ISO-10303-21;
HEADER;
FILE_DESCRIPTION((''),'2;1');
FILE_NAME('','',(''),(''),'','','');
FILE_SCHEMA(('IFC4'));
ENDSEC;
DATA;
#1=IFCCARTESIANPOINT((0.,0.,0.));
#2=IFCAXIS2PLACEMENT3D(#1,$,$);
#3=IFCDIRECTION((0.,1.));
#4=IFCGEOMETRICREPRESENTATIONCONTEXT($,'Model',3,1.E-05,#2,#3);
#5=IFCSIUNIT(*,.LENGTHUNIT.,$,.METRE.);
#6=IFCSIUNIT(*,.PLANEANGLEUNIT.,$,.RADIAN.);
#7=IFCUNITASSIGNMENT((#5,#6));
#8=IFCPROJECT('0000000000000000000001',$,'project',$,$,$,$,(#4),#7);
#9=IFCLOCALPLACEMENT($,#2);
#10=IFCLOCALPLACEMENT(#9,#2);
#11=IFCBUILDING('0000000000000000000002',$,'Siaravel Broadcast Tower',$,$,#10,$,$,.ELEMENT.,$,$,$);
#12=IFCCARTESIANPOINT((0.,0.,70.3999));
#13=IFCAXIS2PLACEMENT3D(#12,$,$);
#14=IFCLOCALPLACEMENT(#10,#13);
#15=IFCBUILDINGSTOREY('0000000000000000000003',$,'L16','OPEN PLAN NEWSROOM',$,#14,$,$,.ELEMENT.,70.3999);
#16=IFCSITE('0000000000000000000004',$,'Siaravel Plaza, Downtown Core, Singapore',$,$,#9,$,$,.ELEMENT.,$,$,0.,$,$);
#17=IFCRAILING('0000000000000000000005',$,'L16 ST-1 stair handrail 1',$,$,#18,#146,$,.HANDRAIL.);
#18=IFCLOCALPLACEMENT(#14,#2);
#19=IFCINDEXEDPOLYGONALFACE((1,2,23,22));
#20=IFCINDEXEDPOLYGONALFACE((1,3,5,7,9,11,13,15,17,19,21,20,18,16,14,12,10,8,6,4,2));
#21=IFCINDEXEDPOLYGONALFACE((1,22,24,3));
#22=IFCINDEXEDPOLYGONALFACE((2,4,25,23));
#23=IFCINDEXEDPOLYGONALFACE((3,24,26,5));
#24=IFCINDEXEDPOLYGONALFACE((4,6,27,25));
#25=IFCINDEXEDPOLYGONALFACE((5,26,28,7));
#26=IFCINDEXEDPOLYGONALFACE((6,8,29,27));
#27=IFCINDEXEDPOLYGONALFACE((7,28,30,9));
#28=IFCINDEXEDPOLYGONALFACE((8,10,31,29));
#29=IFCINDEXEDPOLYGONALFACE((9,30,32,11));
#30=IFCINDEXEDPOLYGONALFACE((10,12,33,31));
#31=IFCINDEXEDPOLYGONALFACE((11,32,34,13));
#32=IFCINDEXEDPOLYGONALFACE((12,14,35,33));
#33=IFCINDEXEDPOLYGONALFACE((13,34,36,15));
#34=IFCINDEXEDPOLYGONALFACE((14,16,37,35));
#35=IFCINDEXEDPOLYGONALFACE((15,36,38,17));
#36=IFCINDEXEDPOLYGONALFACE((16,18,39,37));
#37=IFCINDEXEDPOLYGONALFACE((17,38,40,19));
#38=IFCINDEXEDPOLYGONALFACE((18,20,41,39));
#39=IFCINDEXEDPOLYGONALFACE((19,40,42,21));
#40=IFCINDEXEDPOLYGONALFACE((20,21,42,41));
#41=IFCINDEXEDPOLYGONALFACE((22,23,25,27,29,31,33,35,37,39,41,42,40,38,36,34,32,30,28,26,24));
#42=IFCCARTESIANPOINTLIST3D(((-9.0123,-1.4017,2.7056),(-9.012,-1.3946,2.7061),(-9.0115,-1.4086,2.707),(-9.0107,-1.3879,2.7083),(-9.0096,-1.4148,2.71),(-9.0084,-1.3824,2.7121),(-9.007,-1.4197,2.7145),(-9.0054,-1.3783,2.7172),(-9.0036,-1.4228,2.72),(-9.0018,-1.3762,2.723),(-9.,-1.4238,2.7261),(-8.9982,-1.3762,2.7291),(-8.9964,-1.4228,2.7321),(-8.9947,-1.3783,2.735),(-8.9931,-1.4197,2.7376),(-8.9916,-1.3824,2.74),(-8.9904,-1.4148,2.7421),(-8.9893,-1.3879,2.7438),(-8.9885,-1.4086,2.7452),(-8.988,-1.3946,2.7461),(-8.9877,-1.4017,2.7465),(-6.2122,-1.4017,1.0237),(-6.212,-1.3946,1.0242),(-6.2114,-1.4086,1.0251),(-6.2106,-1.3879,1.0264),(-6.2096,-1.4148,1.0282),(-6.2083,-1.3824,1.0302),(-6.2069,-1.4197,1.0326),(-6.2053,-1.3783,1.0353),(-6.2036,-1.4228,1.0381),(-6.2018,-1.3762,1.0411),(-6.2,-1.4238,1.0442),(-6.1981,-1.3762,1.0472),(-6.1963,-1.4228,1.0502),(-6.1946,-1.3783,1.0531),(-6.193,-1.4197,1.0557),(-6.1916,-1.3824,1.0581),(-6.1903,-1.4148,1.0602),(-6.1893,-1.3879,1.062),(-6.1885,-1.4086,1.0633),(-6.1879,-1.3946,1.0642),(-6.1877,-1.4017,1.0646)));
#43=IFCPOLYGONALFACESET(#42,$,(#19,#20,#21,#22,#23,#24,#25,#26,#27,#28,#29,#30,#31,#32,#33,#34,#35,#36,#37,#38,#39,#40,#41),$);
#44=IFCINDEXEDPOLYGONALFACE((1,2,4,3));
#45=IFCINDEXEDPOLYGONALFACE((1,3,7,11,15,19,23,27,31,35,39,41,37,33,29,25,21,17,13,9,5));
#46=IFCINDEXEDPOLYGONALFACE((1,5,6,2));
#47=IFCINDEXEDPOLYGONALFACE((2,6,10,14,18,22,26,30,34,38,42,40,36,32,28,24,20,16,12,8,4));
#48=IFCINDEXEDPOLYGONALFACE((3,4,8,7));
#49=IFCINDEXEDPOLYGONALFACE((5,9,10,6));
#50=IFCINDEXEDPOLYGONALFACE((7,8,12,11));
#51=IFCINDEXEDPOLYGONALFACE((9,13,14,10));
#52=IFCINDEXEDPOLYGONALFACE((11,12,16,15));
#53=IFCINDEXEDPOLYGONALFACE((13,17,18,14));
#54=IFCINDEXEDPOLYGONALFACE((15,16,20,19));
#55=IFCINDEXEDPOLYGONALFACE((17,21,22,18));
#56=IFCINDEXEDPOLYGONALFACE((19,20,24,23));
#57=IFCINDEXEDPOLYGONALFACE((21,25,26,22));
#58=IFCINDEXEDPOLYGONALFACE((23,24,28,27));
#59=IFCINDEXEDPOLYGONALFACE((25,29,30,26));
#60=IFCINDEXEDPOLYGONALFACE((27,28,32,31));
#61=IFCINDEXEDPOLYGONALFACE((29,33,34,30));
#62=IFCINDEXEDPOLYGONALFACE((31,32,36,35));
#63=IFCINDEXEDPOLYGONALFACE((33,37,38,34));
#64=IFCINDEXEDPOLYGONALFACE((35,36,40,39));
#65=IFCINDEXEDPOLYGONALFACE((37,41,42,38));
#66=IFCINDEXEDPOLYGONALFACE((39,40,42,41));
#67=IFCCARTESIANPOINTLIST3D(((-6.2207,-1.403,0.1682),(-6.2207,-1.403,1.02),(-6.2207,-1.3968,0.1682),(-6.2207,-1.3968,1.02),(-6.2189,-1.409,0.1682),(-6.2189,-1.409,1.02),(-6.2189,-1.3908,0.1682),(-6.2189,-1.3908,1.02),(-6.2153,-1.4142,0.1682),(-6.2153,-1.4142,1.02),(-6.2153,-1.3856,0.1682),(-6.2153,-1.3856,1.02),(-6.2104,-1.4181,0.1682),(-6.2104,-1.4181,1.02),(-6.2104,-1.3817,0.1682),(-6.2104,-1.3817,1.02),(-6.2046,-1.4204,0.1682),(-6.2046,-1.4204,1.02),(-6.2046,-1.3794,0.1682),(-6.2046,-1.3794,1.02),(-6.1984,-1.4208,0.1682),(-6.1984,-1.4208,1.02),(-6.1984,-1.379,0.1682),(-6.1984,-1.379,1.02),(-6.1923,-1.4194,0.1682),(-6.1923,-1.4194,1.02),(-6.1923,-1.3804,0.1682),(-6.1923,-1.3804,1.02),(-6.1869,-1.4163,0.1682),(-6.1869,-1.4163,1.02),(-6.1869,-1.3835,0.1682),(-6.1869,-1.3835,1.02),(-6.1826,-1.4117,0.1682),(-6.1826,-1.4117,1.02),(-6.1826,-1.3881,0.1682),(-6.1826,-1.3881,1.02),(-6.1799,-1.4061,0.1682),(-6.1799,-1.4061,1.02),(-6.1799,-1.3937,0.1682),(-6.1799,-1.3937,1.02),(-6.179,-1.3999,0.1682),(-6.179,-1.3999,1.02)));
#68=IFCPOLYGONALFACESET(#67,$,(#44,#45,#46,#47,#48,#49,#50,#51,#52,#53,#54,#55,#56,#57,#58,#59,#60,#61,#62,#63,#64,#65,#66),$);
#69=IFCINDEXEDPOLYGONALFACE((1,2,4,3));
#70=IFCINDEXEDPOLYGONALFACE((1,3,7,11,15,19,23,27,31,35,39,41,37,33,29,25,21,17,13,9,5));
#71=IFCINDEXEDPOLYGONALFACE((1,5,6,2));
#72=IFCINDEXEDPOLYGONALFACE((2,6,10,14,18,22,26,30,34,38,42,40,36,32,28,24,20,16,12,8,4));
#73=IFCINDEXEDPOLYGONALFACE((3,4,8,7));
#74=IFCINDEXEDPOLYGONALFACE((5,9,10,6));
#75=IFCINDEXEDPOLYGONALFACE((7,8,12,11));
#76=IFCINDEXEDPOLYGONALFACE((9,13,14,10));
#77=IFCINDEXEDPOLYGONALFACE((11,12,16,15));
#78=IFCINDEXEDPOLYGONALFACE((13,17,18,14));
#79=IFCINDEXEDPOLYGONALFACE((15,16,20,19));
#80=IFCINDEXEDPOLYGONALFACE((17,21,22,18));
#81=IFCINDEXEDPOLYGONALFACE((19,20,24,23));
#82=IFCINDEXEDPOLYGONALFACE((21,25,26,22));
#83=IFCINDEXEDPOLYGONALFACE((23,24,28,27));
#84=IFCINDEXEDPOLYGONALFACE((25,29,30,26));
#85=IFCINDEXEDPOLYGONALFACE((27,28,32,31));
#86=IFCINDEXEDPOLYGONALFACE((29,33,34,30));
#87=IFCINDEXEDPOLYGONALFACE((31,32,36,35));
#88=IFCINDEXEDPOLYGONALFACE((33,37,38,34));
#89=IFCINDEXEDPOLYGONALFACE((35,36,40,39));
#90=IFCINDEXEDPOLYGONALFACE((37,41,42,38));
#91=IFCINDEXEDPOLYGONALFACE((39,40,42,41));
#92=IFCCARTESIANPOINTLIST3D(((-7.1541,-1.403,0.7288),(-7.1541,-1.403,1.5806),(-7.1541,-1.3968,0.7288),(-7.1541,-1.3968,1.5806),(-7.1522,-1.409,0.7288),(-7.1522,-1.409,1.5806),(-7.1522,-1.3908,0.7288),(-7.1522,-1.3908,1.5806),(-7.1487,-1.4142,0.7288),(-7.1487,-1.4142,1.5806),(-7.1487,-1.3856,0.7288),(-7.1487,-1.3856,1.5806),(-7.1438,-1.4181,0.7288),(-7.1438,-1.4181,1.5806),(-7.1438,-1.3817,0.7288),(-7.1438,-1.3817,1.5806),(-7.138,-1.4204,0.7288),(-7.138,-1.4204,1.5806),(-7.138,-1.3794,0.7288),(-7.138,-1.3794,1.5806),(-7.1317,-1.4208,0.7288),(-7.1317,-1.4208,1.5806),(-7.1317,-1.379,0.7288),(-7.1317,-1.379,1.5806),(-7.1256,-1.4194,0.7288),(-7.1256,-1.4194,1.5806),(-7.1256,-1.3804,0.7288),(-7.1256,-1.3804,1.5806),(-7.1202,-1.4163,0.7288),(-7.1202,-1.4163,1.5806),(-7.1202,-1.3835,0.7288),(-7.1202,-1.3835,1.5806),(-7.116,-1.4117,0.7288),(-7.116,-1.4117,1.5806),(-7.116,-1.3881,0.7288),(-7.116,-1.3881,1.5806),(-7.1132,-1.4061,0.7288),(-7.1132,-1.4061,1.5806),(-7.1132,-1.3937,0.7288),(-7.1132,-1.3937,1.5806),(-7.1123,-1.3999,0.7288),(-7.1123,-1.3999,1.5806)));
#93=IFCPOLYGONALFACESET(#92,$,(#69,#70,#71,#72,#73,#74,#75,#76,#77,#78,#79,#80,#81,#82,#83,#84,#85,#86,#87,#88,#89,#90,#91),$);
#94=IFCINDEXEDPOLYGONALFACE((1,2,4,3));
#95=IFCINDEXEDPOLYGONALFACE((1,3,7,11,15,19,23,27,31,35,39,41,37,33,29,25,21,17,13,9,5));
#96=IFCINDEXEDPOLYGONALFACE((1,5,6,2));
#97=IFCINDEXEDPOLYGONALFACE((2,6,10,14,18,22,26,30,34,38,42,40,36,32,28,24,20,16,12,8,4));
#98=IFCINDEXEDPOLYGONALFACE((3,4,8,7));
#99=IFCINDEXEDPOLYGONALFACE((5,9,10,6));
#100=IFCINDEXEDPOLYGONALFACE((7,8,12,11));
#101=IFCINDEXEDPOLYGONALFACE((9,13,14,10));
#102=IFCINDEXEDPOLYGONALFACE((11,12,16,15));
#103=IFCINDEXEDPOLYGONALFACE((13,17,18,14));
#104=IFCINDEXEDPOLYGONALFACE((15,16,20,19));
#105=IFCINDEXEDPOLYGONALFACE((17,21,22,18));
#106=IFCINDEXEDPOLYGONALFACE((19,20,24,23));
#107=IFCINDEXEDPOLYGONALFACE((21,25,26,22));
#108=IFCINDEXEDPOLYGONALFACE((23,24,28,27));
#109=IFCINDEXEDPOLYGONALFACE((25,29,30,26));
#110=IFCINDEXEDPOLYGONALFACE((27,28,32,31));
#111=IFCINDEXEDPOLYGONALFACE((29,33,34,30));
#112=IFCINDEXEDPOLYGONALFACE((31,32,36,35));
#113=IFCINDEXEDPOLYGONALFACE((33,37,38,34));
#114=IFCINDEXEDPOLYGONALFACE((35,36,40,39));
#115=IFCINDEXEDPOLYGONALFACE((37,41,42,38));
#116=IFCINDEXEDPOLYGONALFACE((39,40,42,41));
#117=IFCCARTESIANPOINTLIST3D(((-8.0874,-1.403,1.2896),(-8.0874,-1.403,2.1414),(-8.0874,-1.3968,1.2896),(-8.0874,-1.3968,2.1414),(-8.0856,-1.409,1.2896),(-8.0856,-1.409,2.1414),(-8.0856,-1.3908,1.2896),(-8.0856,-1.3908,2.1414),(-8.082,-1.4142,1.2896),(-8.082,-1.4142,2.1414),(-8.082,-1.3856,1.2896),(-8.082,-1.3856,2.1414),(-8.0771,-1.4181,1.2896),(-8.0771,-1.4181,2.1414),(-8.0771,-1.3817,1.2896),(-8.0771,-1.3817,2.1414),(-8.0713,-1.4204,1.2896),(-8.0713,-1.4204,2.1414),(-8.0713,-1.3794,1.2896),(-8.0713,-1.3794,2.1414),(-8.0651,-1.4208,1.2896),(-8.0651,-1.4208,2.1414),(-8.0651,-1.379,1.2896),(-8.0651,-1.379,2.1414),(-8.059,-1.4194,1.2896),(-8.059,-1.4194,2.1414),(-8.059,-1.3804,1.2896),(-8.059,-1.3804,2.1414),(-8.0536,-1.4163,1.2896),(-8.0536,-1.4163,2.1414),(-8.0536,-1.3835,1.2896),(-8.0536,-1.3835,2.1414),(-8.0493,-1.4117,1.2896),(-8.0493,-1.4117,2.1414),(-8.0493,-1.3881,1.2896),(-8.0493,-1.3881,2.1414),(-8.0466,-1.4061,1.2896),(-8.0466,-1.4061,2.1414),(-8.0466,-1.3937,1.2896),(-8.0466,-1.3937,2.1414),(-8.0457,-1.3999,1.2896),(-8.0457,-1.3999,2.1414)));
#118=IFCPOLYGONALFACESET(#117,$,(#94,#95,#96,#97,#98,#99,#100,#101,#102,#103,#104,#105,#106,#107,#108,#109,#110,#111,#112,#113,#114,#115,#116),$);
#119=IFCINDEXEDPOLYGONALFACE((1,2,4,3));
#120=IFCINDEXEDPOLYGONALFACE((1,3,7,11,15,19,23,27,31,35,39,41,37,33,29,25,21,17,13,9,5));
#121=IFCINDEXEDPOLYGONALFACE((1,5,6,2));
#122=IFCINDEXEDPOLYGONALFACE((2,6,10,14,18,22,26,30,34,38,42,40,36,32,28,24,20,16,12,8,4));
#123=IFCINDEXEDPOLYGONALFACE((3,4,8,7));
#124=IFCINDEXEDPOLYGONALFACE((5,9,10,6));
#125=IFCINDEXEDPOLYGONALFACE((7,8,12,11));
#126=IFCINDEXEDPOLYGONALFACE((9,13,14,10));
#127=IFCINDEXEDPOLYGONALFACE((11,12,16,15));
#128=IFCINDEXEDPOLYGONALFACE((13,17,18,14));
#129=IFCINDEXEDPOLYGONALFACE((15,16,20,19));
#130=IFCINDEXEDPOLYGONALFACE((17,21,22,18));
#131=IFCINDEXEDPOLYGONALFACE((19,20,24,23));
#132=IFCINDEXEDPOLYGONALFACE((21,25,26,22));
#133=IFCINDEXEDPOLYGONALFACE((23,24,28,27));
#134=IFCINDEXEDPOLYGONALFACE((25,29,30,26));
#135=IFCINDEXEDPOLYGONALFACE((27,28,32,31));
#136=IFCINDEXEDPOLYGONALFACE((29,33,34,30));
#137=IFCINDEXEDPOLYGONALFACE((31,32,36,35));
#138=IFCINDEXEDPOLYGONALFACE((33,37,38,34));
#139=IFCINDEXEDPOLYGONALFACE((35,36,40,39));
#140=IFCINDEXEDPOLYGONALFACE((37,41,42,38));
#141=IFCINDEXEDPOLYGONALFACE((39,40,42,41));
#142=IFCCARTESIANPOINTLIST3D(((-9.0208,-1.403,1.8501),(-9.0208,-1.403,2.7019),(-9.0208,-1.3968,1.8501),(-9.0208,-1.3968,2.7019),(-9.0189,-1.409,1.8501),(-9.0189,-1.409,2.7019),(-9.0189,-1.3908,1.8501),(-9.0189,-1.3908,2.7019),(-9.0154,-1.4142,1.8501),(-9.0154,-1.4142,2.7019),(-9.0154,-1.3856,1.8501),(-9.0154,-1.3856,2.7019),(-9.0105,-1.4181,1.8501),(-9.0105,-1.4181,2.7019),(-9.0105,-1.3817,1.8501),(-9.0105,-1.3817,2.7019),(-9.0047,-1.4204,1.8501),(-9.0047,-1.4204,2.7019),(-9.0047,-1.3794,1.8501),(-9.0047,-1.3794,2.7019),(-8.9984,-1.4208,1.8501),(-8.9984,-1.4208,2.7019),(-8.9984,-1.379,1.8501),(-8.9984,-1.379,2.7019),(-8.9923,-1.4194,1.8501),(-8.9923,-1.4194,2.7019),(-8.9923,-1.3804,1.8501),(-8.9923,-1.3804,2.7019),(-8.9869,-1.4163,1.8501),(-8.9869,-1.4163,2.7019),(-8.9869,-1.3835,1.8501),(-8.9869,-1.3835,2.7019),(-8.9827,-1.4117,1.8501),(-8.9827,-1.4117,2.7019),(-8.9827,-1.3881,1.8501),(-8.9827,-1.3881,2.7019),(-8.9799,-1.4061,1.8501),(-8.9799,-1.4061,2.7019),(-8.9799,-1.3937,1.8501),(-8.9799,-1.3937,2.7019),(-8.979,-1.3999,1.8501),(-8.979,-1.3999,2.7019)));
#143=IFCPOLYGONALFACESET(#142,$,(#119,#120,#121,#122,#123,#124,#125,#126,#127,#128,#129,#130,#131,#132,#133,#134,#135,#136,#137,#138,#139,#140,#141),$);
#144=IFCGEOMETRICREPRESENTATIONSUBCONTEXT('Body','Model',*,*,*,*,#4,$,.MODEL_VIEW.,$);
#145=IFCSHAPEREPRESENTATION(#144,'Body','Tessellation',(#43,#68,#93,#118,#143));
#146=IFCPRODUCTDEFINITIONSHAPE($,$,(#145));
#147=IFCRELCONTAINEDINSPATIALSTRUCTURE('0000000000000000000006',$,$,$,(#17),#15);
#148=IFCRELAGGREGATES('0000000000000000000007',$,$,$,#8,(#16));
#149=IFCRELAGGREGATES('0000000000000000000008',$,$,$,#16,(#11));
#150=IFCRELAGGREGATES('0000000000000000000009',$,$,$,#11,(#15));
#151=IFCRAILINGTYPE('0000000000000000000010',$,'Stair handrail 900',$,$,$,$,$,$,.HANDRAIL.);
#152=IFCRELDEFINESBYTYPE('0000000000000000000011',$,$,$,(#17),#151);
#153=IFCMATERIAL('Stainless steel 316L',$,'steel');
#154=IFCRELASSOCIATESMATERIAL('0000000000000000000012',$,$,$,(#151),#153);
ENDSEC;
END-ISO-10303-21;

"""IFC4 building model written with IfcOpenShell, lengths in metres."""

from ifc_helpers import new_model, si_unit, direction, frame, origin, origin_2d, place, context, subcontext, project, spatial, circle, extrude, material, type_object, element, save


model = new_model("IFC4")

# Units and contexts
model_context = context("Model", 3, precision=1e-05, world=origin(), true_north=direction((0.0, 1.0)))
body_context = subcontext(model_context, "Body", "Model", "MODEL_VIEW")
ifc_project = project(units=[si_unit("LENGTHUNIT", "METRE"), si_unit("PLANEANGLEUNIT", "RADIAN")], contexts=[model_context])

# Site, building, storey
site_placement = place(None, origin())
site = spatial("IfcSite", under=ifc_project, at=site_placement, Name="Siaravel Plaza, Downtown Core, Singapore", CompositionType="ELEMENT", RefElevation=0.0)
building_placement = place(site_placement, origin())
building = spatial("IfcBuilding", under=site, at=building_placement, Name="Siaravel Broadcast Tower", CompositionType="ELEMENT")
storey_placement = place(building_placement, frame((0.0, 0.0, 70.3999)))
storey = spatial("IfcBuildingStorey", under=building, at=storey_placement, Name="L16", Description="OPEN PLAN NEWSROOM", CompositionType="ELEMENT", Elevation=70.3999)

# Shared definitions
ifc_material_1 = material(Name="Stainless steel 316L", Category="steel")

# Railing
railing_type_1 = type_object("IfcRailingType", Name="Stair handrail 900", PredefinedType="HANDRAIL", material=ifc_material_1)
railing_1_placement = place(storey_placement, frame((-6.2, -1.3999, 0.1682)))
element("IfcRailing", 1, at=railing_1_placement, inside=storey, type_object=railing_type_1, Name="L16 ST-1 stair handrail 1", PredefinedType="HANDRAIL", context=body_context, shape_type="SweptSolid", body=[
    extrude(circle(Radius=0.0239, at=origin_2d()), frame((0.0, 0.0, 0.876), z_axis=(-0.857242, 0.0, 0.514913), x_axis=(0.0, -1.0, 0.0)), (0.0, 0.0, 1.0), 3.2664),
    extrude(circle(Radius=0.021, at=origin_2d()), origin(), (0.0, 0.0, 1.0), 0.8518),
    extrude(circle(Radius=0.021, at=origin_2d()), frame((-0.9333, 0.0, 0.5605)), (0.0, 0.0, 1.0), 0.8518),
    extrude(circle(Radius=0.021, at=origin_2d()), frame((-1.8667, 0.0, 1.1213)), (0.0, 0.0, 1.0), 0.8518),
    extrude(circle(Radius=0.021, at=origin_2d()), frame((-2.8, 0.0, 1.6819)), (0.0, 0.0, 1.0), 0.8518),
])

save(model, "model.ifc")
